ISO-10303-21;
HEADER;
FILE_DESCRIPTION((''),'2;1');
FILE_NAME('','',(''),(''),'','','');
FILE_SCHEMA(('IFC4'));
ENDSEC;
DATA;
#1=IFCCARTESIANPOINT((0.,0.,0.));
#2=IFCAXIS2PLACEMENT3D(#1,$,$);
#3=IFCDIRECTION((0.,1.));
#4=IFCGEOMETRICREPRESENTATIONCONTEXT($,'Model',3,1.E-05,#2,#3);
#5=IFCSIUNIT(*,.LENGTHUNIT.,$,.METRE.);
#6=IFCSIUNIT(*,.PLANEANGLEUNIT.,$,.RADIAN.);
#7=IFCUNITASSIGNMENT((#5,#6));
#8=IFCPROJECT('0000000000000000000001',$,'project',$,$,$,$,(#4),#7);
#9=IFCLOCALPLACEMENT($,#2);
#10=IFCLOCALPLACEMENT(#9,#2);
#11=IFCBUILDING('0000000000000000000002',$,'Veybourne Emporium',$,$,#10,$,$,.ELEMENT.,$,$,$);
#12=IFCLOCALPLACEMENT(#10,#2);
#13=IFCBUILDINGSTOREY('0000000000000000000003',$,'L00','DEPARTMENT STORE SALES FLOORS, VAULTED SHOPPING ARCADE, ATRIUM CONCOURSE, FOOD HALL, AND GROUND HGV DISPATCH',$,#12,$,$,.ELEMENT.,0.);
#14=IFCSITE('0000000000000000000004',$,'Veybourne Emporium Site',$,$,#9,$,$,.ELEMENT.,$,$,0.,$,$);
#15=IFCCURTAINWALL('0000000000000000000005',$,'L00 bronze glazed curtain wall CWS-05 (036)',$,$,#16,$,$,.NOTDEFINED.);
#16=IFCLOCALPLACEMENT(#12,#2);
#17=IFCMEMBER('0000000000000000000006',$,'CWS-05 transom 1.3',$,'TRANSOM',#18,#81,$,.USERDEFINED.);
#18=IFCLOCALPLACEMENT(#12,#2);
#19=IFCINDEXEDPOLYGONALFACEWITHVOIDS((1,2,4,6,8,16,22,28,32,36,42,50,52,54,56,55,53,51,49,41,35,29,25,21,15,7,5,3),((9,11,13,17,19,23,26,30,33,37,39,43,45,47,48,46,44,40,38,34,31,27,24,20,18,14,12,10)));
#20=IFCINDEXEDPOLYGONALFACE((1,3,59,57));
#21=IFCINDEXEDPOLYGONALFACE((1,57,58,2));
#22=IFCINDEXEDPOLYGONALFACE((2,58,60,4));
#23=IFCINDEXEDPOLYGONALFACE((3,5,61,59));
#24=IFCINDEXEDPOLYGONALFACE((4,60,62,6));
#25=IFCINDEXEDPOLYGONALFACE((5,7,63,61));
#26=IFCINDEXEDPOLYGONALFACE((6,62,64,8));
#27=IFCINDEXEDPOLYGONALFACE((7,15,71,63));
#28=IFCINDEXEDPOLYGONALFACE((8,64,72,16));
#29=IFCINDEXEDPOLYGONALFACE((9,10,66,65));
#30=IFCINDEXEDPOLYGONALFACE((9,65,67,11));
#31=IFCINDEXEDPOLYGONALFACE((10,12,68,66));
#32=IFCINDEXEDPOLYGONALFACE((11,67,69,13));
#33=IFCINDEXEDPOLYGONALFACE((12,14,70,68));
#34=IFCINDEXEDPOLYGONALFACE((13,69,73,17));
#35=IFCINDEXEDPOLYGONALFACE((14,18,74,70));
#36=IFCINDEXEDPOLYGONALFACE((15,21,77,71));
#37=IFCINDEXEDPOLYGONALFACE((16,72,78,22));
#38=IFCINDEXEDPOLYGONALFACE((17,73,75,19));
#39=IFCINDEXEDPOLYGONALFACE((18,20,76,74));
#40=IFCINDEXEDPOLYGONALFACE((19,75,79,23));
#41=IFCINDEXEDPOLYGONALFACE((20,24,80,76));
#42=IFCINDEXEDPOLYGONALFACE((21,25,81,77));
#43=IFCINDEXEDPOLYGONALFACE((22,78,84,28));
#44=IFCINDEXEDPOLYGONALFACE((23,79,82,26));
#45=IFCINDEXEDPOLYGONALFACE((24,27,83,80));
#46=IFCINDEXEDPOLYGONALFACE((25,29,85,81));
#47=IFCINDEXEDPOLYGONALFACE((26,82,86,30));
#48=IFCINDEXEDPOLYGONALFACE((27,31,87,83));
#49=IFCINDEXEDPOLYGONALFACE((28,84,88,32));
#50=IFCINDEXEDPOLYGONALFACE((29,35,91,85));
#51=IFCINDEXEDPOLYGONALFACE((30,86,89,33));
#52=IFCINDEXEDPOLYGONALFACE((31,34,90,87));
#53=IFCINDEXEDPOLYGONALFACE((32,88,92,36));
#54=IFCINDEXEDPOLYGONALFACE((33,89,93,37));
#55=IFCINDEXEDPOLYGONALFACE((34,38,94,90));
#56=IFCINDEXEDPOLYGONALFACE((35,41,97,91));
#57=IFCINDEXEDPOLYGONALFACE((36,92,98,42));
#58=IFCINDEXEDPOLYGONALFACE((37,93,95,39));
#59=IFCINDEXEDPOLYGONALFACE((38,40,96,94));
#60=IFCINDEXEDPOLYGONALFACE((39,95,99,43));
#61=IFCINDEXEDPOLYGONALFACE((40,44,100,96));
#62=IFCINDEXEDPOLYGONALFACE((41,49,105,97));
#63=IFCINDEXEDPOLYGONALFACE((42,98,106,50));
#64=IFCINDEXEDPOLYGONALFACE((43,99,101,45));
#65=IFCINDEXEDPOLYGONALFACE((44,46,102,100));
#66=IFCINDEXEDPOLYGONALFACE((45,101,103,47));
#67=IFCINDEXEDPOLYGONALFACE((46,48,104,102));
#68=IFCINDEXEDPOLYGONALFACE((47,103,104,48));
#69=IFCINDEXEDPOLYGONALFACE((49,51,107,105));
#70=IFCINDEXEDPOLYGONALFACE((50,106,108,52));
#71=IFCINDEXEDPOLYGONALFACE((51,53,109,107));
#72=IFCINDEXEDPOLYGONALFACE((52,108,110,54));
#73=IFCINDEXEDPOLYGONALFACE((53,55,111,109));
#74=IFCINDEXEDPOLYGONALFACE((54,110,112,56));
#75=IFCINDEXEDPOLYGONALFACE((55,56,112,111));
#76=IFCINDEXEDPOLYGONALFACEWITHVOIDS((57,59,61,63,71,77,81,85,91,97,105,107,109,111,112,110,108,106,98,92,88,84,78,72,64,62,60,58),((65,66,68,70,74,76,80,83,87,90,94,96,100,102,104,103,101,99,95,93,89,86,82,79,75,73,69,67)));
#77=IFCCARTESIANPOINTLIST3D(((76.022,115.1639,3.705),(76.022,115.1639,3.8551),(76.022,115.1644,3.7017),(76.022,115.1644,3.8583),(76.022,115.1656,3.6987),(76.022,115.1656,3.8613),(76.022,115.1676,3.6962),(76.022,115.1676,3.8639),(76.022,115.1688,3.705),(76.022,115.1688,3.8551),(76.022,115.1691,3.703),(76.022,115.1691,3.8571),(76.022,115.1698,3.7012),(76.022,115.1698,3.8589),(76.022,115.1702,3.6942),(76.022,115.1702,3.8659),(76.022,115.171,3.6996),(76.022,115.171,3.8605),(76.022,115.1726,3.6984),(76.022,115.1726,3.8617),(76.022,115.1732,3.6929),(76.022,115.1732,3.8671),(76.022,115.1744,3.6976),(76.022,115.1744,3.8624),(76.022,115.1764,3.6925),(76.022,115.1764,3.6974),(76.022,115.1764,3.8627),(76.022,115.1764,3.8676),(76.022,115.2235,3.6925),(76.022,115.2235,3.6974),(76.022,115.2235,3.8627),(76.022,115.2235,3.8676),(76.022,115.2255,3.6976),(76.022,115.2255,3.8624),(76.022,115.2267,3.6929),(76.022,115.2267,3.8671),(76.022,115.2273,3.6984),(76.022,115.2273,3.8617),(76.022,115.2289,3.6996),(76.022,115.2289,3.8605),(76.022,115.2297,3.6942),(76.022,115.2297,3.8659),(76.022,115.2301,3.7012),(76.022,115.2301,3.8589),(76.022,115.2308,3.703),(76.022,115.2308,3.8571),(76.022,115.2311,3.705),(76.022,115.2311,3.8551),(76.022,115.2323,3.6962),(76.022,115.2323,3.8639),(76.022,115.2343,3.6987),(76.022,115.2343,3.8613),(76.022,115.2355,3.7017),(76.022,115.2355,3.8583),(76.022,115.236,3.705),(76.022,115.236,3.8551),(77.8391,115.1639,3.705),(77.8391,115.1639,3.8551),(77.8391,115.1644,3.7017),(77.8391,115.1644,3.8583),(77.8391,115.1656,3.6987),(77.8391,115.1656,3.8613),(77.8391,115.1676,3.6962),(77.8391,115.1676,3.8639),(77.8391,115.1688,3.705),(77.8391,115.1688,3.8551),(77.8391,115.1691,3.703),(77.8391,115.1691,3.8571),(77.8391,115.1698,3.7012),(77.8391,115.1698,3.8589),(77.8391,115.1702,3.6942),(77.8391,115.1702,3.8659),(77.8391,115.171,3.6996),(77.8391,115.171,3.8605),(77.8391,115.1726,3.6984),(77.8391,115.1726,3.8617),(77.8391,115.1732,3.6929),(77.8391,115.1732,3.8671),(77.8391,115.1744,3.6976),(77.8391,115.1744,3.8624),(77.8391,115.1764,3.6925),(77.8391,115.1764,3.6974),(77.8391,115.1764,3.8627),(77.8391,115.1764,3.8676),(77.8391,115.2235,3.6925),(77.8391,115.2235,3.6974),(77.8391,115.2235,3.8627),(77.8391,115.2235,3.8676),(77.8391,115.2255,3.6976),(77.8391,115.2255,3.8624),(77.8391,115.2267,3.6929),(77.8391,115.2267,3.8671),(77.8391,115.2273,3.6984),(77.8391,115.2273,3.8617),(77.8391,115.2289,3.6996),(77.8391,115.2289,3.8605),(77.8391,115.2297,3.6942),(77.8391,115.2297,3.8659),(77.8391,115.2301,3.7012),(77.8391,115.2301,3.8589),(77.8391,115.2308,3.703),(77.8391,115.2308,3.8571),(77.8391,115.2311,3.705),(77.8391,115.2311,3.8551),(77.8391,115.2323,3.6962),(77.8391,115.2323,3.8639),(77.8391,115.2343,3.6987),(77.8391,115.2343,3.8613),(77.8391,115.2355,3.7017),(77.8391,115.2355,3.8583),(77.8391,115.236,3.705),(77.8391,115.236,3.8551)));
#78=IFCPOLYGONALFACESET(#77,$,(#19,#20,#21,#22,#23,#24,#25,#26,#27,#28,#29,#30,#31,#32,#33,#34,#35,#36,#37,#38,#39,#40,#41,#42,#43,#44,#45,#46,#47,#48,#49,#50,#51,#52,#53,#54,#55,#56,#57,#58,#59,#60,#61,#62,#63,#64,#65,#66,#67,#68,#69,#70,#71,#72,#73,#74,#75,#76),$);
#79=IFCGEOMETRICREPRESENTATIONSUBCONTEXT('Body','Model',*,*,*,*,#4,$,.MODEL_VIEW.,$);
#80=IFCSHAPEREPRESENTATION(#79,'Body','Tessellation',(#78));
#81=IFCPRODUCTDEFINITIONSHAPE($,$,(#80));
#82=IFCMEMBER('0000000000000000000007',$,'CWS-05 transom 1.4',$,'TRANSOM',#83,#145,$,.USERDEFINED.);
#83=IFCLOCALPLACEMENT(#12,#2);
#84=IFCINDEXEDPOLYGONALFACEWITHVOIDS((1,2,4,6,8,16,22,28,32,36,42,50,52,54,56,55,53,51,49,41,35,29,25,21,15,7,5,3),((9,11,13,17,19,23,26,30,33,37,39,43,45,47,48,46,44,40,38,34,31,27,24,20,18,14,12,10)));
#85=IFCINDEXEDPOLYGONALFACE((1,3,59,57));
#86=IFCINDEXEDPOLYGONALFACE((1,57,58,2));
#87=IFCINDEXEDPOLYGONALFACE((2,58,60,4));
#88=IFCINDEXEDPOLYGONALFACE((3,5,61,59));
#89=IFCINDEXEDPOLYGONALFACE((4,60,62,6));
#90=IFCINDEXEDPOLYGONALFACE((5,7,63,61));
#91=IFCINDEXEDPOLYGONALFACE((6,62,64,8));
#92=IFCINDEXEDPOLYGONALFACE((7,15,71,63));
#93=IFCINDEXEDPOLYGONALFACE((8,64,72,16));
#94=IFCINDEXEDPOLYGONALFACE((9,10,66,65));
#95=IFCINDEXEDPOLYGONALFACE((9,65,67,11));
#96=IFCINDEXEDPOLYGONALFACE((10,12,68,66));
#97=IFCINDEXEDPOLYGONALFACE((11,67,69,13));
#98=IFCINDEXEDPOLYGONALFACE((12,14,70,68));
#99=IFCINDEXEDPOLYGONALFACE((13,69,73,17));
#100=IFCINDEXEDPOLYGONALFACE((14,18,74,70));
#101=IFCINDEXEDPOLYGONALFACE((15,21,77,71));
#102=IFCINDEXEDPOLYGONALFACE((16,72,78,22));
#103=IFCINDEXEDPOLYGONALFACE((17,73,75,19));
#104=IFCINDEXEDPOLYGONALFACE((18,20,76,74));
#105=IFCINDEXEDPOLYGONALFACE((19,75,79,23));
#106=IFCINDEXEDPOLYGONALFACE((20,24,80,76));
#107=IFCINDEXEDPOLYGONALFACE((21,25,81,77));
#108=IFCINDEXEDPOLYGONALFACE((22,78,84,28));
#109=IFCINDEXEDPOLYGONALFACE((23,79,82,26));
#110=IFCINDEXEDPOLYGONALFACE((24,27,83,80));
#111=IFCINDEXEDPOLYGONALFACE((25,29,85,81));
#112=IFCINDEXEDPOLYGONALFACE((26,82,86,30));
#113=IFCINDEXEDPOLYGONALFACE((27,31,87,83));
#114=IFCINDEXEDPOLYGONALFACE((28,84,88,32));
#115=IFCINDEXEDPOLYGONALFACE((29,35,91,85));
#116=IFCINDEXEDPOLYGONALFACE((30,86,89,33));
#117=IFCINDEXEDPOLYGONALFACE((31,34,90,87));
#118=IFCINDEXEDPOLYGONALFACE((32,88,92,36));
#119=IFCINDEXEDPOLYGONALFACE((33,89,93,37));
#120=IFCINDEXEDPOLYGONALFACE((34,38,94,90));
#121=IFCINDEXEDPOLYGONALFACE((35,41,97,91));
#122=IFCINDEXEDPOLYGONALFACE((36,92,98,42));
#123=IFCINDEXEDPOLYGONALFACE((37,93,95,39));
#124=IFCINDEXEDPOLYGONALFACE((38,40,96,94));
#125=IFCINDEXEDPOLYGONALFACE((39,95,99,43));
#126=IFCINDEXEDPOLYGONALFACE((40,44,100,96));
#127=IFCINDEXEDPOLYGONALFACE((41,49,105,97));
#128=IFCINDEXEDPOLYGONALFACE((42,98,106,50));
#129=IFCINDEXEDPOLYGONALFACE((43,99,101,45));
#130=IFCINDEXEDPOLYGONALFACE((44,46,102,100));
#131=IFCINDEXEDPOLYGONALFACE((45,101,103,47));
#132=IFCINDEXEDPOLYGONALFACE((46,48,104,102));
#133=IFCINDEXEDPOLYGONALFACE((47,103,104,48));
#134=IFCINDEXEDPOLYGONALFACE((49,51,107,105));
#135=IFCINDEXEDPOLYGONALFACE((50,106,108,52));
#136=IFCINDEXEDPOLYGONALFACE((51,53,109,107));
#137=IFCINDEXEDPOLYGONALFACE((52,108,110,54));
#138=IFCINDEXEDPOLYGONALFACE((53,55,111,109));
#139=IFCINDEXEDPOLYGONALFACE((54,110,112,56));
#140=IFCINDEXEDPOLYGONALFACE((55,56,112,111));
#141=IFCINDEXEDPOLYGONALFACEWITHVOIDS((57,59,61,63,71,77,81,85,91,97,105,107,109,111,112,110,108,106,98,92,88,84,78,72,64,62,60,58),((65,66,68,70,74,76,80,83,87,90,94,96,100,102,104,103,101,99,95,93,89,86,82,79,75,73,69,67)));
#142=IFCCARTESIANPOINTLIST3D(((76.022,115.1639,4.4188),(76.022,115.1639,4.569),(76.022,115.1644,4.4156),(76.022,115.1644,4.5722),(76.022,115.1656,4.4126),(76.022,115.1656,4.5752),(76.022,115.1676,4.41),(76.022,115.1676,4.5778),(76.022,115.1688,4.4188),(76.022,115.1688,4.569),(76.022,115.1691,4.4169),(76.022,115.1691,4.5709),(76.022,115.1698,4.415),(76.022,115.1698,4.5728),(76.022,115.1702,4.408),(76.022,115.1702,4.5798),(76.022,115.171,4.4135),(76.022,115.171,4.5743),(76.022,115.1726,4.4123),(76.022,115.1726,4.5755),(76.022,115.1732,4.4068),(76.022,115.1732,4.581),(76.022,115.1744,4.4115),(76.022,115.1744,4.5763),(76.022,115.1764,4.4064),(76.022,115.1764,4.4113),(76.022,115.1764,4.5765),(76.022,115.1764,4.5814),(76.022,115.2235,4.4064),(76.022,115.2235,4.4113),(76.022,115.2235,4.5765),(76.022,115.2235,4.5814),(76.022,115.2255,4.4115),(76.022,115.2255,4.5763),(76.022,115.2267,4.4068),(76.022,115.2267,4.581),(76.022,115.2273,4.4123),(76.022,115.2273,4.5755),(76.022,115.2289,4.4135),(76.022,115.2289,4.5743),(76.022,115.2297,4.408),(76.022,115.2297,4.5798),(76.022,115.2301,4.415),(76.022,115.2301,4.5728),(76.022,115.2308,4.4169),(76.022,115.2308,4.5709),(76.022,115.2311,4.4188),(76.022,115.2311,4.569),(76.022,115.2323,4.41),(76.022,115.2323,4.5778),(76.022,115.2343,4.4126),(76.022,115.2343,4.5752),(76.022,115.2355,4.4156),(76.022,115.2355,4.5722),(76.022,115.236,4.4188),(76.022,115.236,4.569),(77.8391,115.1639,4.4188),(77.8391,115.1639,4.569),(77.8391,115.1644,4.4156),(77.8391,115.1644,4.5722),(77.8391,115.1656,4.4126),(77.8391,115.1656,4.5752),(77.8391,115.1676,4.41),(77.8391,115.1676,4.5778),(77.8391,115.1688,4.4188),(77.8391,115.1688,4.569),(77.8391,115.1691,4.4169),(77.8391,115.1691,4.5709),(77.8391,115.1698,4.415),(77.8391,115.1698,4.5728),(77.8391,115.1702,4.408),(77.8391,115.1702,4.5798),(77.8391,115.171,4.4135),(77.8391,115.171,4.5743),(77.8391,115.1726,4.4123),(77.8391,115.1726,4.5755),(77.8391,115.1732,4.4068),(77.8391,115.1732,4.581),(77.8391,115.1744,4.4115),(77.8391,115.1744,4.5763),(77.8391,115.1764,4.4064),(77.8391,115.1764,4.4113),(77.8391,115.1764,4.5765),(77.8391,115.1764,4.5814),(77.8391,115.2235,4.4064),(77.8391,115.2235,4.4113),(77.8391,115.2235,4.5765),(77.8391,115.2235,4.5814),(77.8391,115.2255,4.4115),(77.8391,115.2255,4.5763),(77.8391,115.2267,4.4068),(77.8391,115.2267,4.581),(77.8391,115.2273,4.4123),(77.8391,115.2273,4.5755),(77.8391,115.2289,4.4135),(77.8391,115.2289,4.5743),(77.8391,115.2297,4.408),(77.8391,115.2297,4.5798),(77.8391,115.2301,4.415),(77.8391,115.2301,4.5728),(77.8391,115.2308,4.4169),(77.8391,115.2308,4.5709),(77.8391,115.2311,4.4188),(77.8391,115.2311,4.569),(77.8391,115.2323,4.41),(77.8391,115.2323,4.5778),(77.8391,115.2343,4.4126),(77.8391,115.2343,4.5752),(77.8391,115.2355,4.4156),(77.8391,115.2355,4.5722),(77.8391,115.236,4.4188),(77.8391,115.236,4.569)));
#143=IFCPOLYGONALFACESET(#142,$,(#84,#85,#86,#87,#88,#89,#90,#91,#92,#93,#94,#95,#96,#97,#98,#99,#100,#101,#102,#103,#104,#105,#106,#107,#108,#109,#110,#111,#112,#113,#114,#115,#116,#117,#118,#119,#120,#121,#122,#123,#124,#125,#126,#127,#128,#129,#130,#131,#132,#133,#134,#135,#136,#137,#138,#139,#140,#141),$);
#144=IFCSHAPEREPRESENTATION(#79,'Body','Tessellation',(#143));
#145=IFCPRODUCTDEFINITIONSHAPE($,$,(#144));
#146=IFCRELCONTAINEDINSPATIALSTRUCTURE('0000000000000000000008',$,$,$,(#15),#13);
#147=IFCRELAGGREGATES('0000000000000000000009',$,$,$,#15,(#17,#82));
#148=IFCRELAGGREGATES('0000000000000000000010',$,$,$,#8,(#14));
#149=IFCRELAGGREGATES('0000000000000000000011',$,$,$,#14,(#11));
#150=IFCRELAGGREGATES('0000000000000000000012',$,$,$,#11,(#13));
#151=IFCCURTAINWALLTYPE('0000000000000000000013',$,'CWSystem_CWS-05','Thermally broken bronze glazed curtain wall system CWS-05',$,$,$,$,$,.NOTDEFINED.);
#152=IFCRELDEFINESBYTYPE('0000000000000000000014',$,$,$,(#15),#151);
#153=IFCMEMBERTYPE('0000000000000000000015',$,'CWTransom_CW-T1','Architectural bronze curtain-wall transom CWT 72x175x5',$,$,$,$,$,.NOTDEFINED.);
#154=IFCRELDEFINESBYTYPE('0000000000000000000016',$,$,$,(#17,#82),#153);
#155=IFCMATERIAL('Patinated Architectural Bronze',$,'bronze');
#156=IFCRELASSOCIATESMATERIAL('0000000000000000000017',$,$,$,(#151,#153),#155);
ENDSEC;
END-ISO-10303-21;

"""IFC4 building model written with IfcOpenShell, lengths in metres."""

from ifc_helpers import new_model, si_unit, direction, frame, origin, origin_2d, place, context, subcontext, project, spatial, hollow_rectangle, extrude, material, material_profile, profile_set, type_object, element, aggregate, save


model = new_model("IFC4")

# Units and contexts
model_context = context("Model", 3, precision=1e-05, world=origin(), true_north=direction((0.0, 1.0)))
body_context = subcontext(model_context, "Body", "Model", "MODEL_VIEW")
ifc_project = project(units=[si_unit("LENGTHUNIT", "METRE"), si_unit("PLANEANGLEUNIT", "RADIAN")], contexts=[model_context])

# Site, building, storey
site_placement = place(None, origin())
site = spatial("IfcSite", under=ifc_project, at=site_placement, Name="Veybourne Emporium Site", CompositionType="ELEMENT", RefElevation=0.0)
building_placement = place(site_placement, origin())
building = spatial("IfcBuilding", under=site, at=building_placement, Name="Veybourne Emporium", CompositionType="ELEMENT")
storey_placement = place(building_placement, origin())
storey = spatial("IfcBuildingStorey", under=building, at=storey_placement, Name="L00", Description="DEPARTMENT STORE SALES FLOORS, VAULTED SHOPPING ARCADE, ATRIUM CONCOURSE, FOOD HALL, AND GROUND HGV DISPATCH", CompositionType="ELEMENT", Elevation=0.0)

# Curtain wall, members
ifc_material_1 = material(Name="Patinated Architectural Bronze", Category="bronze")
curtain_wall_type = type_object("IfcCurtainWallType", Name="CWSystem_CWS-05", Description="Thermally broken bronze glazed curtain wall system CWS-05", PredefinedType="NOTDEFINED", material=ifc_material_1)
curtain_wall_placement = place(storey_placement, origin())
curtain_wall = element("IfcCurtainWall", 1, at=curtain_wall_placement, inside=storey, type_object=curtain_wall_type, Name="L00 bronze glazed curtain wall CWS-05 (036)", PredefinedType="NOTDEFINED")
ifc_material_profile_1 = material_profile(ifc_material_1, hollow_rectangle(XDim=0.072, YDim=0.175, WallThickness=0.0049, InnerFilletRadius=0.0076, OuterFilletRadius=0.0125, at=origin_2d()), Name="CWT 72x175x5")
ifc_profile_set_1 = profile_set([ifc_material_profile_1], Name="Patinated Architectural Bronze")
member_type_1 = type_object("IfcMemberType", Name="CWTransom_CW-T1", Description="Architectural bronze curtain-wall transom CWT 72x175x5", PredefinedType="NOTDEFINED", material=ifc_profile_set_1)
member_1_placement = place(storey_placement, frame((76.022, 115.2, 3.78), z_axis=(1.0, 0.0, 0.0), x_axis=(0.0, 1.0, 0.0)))
member_1 = element("IfcMember", 2, at=member_1_placement, type_object=member_type_1, Name="CWS-05 transom 1.3", ObjectType="TRANSOM", PredefinedType="USERDEFINED", context=body_context, shape_type="SweptSolid", body=[
    extrude(hollow_rectangle(XDim=0.072, YDim=0.175, WallThickness=0.0049, InnerFilletRadius=0.0076, OuterFilletRadius=0.0125, at=origin_2d()), origin(), (0.0, 0.0, 1.0), 1.8171),
])
member_2_placement = place(storey_placement, frame((76.022, 115.2, 4.4939), z_axis=(1.0, 0.0, 0.0), x_axis=(0.0, 1.0, 0.0)))
member_2 = element("IfcMember", 3, at=member_2_placement, type_object=member_type_1, Name="CWS-05 transom 1.4", ObjectType="TRANSOM", PredefinedType="USERDEFINED", context=body_context, shape_type="SweptSolid", body=[
    extrude(hollow_rectangle(XDim=0.072, YDim=0.175, WallThickness=0.0049, InnerFilletRadius=0.0076, OuterFilletRadius=0.0125, at=origin_2d()), origin(), (0.0, 0.0, 1.0), 1.8171),
])

aggregate(curtain_wall, [member_1, member_2])

save(model, "model.ifc")
